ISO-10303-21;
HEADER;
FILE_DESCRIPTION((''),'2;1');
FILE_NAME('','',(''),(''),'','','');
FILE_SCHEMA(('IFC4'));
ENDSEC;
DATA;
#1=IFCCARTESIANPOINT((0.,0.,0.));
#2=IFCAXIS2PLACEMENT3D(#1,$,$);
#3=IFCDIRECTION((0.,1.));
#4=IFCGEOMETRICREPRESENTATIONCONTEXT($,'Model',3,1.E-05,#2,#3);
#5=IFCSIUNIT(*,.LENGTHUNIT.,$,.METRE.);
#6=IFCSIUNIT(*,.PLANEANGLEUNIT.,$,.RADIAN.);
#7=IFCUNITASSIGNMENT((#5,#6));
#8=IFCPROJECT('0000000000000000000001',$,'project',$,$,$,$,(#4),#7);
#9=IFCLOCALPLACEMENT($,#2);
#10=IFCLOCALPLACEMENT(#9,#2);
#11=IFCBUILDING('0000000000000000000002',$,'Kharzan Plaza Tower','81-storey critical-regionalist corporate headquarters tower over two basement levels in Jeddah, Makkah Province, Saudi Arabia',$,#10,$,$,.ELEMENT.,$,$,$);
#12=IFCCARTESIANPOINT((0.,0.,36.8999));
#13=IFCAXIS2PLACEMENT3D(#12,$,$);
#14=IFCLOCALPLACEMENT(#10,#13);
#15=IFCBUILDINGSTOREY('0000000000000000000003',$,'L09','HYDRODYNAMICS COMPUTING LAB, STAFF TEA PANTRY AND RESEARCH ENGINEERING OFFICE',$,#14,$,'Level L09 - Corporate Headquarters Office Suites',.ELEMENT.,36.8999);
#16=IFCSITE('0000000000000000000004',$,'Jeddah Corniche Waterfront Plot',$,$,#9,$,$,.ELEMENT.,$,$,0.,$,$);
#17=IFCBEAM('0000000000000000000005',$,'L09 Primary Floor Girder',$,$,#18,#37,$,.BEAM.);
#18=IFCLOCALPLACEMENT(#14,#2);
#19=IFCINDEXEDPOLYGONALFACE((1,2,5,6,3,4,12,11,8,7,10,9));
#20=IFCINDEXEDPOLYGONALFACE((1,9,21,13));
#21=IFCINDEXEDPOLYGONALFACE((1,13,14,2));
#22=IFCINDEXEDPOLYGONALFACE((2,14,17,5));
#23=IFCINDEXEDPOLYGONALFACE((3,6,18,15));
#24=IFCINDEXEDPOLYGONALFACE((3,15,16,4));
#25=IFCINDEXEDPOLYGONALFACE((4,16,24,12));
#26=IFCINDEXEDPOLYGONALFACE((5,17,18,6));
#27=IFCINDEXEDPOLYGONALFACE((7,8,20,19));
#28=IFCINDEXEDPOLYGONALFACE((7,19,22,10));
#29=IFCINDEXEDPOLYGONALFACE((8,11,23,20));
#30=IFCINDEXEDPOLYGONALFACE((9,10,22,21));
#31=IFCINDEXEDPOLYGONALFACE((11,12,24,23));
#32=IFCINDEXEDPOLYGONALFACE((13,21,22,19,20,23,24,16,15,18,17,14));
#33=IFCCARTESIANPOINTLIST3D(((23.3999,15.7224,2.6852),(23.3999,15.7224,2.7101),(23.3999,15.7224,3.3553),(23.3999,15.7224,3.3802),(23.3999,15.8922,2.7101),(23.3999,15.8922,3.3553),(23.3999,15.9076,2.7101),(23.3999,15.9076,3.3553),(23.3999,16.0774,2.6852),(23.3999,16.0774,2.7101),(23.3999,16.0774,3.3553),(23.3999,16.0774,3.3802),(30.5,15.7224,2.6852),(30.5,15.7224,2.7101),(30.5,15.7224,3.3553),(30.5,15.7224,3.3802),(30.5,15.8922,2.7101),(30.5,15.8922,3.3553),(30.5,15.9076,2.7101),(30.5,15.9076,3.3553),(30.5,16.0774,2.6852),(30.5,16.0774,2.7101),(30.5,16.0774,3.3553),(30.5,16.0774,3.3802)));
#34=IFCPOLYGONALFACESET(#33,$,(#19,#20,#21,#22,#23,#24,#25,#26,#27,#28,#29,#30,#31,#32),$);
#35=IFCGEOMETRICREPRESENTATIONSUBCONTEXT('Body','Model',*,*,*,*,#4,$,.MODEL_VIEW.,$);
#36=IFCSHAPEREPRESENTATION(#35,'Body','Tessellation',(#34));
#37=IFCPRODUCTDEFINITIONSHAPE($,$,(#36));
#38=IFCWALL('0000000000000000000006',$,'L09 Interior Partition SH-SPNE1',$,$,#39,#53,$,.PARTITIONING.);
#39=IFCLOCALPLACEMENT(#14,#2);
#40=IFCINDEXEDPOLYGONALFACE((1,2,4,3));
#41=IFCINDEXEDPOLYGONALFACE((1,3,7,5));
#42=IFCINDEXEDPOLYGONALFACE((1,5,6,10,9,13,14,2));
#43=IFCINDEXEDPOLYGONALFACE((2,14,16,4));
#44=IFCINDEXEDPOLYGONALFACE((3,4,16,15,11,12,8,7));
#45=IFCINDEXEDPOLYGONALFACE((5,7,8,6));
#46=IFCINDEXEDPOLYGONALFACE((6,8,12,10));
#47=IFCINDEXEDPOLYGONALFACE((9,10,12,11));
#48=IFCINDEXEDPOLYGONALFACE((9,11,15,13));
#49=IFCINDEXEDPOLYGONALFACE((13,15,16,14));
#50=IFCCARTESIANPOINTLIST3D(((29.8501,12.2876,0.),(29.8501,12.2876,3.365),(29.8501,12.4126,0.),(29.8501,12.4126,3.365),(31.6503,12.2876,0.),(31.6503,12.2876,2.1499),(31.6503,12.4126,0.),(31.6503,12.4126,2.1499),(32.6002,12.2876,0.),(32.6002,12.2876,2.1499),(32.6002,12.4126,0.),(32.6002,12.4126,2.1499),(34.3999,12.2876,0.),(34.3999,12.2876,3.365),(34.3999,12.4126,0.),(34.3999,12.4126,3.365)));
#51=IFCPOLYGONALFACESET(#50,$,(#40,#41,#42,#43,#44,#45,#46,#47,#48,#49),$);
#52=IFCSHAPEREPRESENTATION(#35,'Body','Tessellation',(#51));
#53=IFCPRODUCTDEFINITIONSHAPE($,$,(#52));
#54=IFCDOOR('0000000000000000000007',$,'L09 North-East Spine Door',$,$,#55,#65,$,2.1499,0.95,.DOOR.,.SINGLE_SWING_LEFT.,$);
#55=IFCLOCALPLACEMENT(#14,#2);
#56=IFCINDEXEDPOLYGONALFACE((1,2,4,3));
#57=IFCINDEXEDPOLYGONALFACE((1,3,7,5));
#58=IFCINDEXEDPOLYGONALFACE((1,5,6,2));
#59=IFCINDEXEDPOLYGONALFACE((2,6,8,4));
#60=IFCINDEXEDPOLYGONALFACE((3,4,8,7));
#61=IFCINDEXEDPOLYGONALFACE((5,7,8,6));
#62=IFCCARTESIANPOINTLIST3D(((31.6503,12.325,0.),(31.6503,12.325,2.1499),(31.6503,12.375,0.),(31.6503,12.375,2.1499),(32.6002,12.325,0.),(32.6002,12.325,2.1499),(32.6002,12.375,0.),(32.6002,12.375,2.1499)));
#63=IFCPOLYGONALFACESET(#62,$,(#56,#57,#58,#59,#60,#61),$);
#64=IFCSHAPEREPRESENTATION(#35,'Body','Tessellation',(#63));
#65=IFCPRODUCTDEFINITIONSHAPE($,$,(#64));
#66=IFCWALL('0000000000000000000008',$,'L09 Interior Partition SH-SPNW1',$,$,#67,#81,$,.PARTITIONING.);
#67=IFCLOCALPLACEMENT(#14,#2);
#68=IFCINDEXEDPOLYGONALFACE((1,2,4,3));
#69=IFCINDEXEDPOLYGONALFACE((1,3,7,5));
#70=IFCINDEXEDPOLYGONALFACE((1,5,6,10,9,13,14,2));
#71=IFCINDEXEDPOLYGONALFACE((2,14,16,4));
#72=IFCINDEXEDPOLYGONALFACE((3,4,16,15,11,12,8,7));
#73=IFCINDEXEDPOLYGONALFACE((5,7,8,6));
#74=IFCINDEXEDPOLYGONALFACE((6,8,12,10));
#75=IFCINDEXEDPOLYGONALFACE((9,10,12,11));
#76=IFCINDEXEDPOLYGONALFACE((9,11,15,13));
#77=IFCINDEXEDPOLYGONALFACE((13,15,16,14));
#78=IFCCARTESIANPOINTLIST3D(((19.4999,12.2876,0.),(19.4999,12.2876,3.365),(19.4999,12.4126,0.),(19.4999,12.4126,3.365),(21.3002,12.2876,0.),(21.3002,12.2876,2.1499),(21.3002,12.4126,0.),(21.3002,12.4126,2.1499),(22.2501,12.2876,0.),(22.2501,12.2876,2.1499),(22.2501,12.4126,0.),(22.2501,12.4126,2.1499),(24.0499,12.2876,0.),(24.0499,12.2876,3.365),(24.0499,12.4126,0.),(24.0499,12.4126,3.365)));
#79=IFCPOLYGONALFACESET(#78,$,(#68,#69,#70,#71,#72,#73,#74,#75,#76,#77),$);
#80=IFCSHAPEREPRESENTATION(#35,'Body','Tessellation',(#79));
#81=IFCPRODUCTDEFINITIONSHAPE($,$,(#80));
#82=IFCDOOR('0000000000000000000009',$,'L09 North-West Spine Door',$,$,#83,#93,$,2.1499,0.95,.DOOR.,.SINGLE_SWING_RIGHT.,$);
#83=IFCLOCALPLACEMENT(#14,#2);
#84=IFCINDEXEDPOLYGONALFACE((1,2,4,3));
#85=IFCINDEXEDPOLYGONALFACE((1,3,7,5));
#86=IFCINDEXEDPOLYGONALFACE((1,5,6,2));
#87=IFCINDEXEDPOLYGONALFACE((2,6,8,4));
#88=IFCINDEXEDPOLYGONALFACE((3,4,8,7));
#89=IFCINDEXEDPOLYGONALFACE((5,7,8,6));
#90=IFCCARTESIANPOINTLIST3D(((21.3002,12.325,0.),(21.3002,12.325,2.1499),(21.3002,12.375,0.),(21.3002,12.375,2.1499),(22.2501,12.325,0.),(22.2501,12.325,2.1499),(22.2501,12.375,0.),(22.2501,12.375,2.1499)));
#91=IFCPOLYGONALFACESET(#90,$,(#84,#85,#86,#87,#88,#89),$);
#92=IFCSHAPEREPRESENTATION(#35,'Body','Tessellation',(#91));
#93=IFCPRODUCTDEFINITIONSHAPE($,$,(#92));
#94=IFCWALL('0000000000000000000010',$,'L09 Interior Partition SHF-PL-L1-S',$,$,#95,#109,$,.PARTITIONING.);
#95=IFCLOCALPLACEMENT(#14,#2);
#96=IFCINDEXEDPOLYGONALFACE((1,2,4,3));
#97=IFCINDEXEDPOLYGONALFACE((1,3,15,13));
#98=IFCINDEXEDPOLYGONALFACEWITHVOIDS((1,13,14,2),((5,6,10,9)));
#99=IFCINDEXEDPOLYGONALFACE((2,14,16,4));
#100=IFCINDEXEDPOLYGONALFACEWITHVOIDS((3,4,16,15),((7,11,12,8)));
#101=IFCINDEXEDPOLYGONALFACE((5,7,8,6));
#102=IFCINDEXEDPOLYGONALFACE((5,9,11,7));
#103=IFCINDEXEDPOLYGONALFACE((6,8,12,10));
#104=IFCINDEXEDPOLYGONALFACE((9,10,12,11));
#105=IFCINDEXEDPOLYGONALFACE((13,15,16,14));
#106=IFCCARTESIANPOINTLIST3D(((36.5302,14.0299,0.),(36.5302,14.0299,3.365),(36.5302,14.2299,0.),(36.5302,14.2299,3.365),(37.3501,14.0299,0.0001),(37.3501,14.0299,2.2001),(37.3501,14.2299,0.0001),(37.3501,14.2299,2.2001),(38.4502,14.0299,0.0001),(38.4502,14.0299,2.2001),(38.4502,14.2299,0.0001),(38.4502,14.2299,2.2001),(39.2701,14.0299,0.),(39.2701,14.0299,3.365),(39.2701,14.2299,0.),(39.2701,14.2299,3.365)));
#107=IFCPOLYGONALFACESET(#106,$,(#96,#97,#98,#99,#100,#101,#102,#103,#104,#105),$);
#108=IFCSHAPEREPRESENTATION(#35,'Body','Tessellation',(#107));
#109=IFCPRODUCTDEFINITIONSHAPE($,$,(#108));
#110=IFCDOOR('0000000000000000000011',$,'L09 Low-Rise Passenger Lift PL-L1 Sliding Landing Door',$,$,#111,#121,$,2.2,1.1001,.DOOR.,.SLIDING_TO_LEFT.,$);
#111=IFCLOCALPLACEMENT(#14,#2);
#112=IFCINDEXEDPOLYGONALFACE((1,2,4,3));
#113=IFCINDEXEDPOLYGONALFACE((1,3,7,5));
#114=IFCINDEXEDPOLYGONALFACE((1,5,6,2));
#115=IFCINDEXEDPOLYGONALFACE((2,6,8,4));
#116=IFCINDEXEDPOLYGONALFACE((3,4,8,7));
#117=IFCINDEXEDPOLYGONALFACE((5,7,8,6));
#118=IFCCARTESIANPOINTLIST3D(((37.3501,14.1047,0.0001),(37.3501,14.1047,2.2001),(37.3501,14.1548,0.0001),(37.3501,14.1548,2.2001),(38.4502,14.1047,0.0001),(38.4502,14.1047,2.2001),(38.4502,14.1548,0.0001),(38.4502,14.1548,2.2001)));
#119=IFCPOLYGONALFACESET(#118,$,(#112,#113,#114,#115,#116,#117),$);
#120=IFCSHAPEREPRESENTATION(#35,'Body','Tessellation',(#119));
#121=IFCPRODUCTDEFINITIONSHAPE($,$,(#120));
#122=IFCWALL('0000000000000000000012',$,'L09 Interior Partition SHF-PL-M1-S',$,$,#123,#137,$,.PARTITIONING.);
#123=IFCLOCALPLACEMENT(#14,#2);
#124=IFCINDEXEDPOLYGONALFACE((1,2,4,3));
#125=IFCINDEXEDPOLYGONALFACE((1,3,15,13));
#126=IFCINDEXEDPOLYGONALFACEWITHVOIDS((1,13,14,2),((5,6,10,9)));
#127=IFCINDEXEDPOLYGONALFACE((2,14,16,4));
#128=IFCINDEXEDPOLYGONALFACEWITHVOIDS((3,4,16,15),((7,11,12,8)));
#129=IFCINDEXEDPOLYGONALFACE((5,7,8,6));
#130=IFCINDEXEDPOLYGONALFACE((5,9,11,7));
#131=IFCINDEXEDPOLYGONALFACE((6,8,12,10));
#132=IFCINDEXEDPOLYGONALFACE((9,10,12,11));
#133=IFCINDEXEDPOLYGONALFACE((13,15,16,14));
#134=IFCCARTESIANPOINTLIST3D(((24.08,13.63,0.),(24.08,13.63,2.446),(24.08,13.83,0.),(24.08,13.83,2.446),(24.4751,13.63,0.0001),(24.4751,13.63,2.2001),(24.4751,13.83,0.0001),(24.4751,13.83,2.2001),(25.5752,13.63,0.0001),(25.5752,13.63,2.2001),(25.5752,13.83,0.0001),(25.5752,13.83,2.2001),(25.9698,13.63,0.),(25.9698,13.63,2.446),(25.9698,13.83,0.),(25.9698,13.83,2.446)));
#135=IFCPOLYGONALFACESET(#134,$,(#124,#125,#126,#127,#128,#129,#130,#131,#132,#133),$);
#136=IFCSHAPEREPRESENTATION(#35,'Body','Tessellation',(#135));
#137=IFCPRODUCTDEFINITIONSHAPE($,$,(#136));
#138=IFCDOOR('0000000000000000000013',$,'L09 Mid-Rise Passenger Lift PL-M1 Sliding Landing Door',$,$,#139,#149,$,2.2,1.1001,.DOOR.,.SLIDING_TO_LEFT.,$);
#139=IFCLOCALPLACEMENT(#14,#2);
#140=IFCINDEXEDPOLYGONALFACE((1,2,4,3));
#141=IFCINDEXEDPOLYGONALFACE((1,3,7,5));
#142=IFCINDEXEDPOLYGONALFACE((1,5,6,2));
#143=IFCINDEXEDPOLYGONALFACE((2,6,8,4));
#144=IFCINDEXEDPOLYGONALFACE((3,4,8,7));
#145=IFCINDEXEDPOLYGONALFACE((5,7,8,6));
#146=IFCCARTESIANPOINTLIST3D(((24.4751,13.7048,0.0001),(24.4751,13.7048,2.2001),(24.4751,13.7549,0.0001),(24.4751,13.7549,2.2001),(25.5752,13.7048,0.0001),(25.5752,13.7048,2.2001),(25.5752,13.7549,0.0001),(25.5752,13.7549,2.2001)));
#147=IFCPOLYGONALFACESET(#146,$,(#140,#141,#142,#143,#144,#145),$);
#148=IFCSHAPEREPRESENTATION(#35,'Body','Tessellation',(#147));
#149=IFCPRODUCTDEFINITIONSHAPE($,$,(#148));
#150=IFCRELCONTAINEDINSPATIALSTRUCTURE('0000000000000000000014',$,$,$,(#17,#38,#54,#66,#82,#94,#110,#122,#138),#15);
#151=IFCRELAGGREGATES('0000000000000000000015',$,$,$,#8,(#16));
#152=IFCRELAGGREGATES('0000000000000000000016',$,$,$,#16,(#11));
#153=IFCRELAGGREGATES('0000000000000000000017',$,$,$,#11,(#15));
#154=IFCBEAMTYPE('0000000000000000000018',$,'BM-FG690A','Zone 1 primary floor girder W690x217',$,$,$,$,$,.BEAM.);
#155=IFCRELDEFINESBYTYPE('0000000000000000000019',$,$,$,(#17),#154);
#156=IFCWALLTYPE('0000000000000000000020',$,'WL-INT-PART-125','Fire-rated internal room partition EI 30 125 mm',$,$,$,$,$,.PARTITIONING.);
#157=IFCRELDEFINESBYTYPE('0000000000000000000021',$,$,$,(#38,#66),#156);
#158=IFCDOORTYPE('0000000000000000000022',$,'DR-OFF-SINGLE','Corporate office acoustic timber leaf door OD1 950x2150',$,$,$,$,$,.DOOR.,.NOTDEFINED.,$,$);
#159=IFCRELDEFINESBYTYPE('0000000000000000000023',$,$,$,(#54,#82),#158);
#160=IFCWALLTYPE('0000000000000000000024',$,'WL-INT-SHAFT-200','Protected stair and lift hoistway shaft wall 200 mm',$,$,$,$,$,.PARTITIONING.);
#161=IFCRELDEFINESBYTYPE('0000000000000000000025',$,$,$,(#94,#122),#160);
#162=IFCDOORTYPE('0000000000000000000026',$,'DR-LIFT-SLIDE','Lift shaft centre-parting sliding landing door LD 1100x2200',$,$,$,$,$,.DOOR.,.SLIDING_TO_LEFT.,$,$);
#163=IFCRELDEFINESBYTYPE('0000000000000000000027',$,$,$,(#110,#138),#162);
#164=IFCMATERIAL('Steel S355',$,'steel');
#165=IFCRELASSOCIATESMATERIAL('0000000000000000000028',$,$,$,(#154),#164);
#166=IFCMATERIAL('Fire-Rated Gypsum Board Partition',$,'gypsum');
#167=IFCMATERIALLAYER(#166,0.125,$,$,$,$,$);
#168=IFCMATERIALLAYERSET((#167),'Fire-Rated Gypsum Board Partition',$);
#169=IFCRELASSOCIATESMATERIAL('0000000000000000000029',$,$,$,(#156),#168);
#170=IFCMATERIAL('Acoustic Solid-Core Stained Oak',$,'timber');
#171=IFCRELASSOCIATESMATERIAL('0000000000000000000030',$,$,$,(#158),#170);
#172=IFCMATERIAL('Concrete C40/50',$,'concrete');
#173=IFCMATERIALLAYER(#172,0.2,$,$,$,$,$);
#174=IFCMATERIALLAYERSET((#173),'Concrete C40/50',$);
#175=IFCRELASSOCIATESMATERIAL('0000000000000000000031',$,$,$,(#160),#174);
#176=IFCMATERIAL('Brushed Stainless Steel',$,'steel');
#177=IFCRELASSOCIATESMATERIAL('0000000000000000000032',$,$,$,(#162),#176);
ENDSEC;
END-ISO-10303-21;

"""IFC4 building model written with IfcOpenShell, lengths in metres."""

from ifc_helpers import new_model, si_unit, direction, frame, frame_2d, origin, origin_2d, place, context, subcontext, project, spatial, rectangle, i_section, extrude, source, transform, mapped, material, layer, layer_set, material_profile, profile_set, type_object, element, fill, save


model = new_model("IFC4")

# Units and contexts
model_context = context("Model", 3, precision=1e-05, world=origin(), true_north=direction((0.0, 1.0)))
body_context = subcontext(model_context, "Body", "Model", "MODEL_VIEW")
ifc_project = project(units=[si_unit("LENGTHUNIT", "METRE"), si_unit("PLANEANGLEUNIT", "RADIAN")], contexts=[model_context])

# Site, building, storey
site_placement = place(None, origin())
site = spatial("IfcSite", under=ifc_project, at=site_placement, Name="Jeddah Corniche Waterfront Plot", CompositionType="ELEMENT", RefElevation=0.0)
building_placement = place(site_placement, origin())
building = spatial("IfcBuilding", under=site, at=building_placement, Name="Kharzan Plaza Tower", Description="81-storey critical-regionalist corporate headquarters tower over two basement levels in Jeddah, Makkah Province, Saudi Arabia", CompositionType="ELEMENT")
storey_placement = place(building_placement, frame((0.0, 0.0, 36.8999)))
storey = spatial("IfcBuildingStorey", under=building, at=storey_placement, Name="L09", Description="HYDRODYNAMICS COMPUTING LAB, STAFF TEA PANTRY AND RESEARCH ENGINEERING OFFICE", LongName="Level L09 - Corporate Headquarters Office Suites", CompositionType="ELEMENT", Elevation=36.8999)

# Beam
ifc_material_1 = material(Name="Steel S355", Category="steel")
ifc_material_profile_1 = material_profile(ifc_material_1, i_section(OverallWidth=0.355, OverallDepth=0.6951, WebThickness=0.0154, FlangeThickness=0.0249, at=origin_2d()), Name="W690x217")
ifc_profile_set_1 = profile_set([ifc_material_profile_1], Name="Steel S355")
beam_type_1 = type_object("IfcBeamType", Name="BM-FG690A", Description="Zone 1 primary floor girder W690x217", PredefinedType="BEAM", material=ifc_profile_set_1)
shared_shape_1 = source(origin(), body_context, "Body", "SweptSolid", [
    extrude(i_section(OverallWidth=0.355, OverallDepth=0.6951, WebThickness=0.0154, FlangeThickness=0.0249, at=origin_2d()), origin(), (0.0, 0.0, 1.0), 7.1001),
])
beam_1_placement = place(storey_placement, frame((23.3999, 15.8999, 3.0327), z_axis=(1.0, 0.0, 0.0), x_axis=(0.0, 1.0, 0.0)))
element("IfcBeam", 1, at=beam_1_placement, inside=storey, type_object=beam_type_1, Name="L09 Primary Floor Girder", PredefinedType="BEAM", context=body_context, shape_type="MappedRepresentation", body=[
    mapped(shared_shape_1, transform((0.0, 0.0, 0.0), x_axis=(1.0, 0.0, 0.0), y_axis=(0.0, 1.0, 0.0), z_axis=(0.0, 0.0, 1.0))),
])

# Walls, openings, doors
ifc_material_2 = material(Name="Fire-Rated Gypsum Board Partition", Category="gypsum")
ifc_layer_1 = layer(ifc_material_2, 0.125)
ifc_layer_set_1 = layer_set([ifc_layer_1], Name="Fire-Rated Gypsum Board Partition")
wall_type_1 = type_object("IfcWallType", Name="WL-INT-PART-125", Description="Fire-rated internal room partition EI 30 125 mm", PredefinedType="PARTITIONING", material=ifc_layer_set_1)
wall_1_placement = place(storey_placement, frame((29.8501, 12.3501, 0.0), z_axis=(0.0, 0.0, 1.0), x_axis=(1.0, 0.0, 0.0)))
wall_1 = element("IfcWall", 2, at=wall_1_placement, inside=storey, type_object=wall_type_1, Name="L09 Interior Partition SH-SPNE1", PredefinedType="PARTITIONING", context=body_context, shape_type="SweptSolid", body=[
    extrude(rectangle(XDim=4.5498, YDim=0.125, at=frame_2d((2.2749, 0.0))), origin(), (0.0, 0.0, 1.0), 3.365),
])
opening_1_placement = place(wall_1_placement, frame((1.8, 0.0, 0.0)))
opening_1 = element("IfcOpeningElement", 3, at=opening_1_placement, cuts=wall_1, PredefinedType="OPENING", context=body_context, shape_type="SweptSolid", body=[
    extrude(rectangle(XDim=0.95, YDim=2.1499, at=frame_2d((0.4751, 1.075))), frame((0.0, 0.0725, 0.0), z_axis=(0.0, -1.0, 0.0), x_axis=(1.0, 0.0, 0.0)), (0.0, 0.0, 1.0), 0.145),
])
ifc_material_3 = material(Name="Acoustic Solid-Core Stained Oak", Category="timber")
door_type_1 = type_object("IfcDoorType", Name="DR-OFF-SINGLE", Description="Corporate office acoustic timber leaf door OD1 950x2150", OperationType="NOTDEFINED", PredefinedType="DOOR", material=ifc_material_3)
shared_shape_2 = source(origin(), body_context, "Body", "SweptSolid", [
    extrude(rectangle(XDim=0.95, YDim=2.1499, at=frame_2d((0.4751, 1.075))), frame((0.0, 0.0249, 0.0), z_axis=(0.0, -1.0, 0.0), x_axis=(1.0, 0.0, 0.0)), (0.0, 0.0, 1.0), 0.05),
])
door_1_placement = place(opening_1_placement, origin())
door_1 = element("IfcDoor", 4, at=door_1_placement, inside=storey, type_object=door_type_1, Name="L09 North-East Spine Door", OperationType="SINGLE_SWING_LEFT", OverallHeight=2.1499, OverallWidth=0.95, PredefinedType="DOOR", context=body_context, shape_type="MappedRepresentation", body=[
    mapped(shared_shape_2, transform((0.0, 0.0, 0.0), x_axis=(1.0, 0.0, 0.0), y_axis=(0.0, 1.0, 0.0), z_axis=(0.0, 0.0, 1.0))),
])
fill(opening_1, door_1)
wall_2_placement = place(storey_placement, frame((19.5, 12.3501, 0.0), z_axis=(0.0, 0.0, 1.0), x_axis=(1.0, 0.0, 0.0)))
wall_2 = element("IfcWall", 5, at=wall_2_placement, inside=storey, type_object=wall_type_1, Name="L09 Interior Partition SH-SPNW1", PredefinedType="PARTITIONING", context=body_context, shape_type="SweptSolid", body=[
    extrude(rectangle(XDim=4.55, YDim=0.125, at=frame_2d((2.2749, 0.0))), origin(), (0.0, 0.0, 1.0), 3.365),
])
opening_2_placement = place(wall_2_placement, frame((1.8, 0.0, 0.0)))
opening_2 = element("IfcOpeningElement", 6, at=opening_2_placement, cuts=wall_2, PredefinedType="OPENING", context=body_context, shape_type="SweptSolid", body=[
    extrude(rectangle(XDim=0.95, YDim=2.1499, at=frame_2d((0.4751, 1.075))), frame((0.0, 0.0725, 0.0), z_axis=(0.0, -1.0, 0.0), x_axis=(1.0, 0.0, 0.0)), (0.0, 0.0, 1.0), 0.145),
])
door_2_placement = place(opening_2_placement, origin())
door_2 = element("IfcDoor", 7, at=door_2_placement, inside=storey, type_object=door_type_1, Name="L09 North-West Spine Door", OperationType="SINGLE_SWING_RIGHT", OverallHeight=2.1499, OverallWidth=0.95, PredefinedType="DOOR", context=body_context, shape_type="MappedRepresentation", body=[
    mapped(shared_shape_2, transform((0.0, 0.0, 0.0), x_axis=(1.0, 0.0, 0.0), y_axis=(0.0, 1.0, 0.0), z_axis=(0.0, 0.0, 1.0))),
])
fill(opening_2, door_2)
ifc_material_4 = material(Name="Concrete C40/50", Category="concrete")
ifc_layer_2 = layer(ifc_material_4, 0.2)
ifc_layer_set_2 = layer_set([ifc_layer_2], Name="Concrete C40/50")
wall_type_2 = type_object("IfcWallType", Name="WL-INT-SHAFT-200", Description="Protected stair and lift hoistway shaft wall 200 mm", PredefinedType="PARTITIONING", material=ifc_layer_set_2)
wall_3_placement = place(storey_placement, frame((36.53, 14.1299, 0.0), z_axis=(0.0, 0.0, 1.0), x_axis=(1.0, 0.0, 0.0)))
wall_3 = element("IfcWall", 8, at=wall_3_placement, inside=storey, type_object=wall_type_2, Name="L09 Interior Partition SHF-PL-L1-S", PredefinedType="PARTITIONING", context=body_context, shape_type="SweptSolid", body=[
    extrude(rectangle(XDim=2.74, YDim=0.2, at=frame_2d((1.3701, 0.0))), origin(), (0.0, 0.0, 1.0), 3.365),
])
opening_3_placement = place(wall_3_placement, frame((0.8201, 0.0, 0.0)))
opening_3 = element("IfcOpeningElement", 9, at=opening_3_placement, cuts=wall_3, PredefinedType="OPENING", context=body_context, shape_type="SweptSolid", body=[
    extrude(rectangle(XDim=1.1001, YDim=2.2, at=frame_2d((0.55, 1.1001))), frame((0.0, 0.1099, 0.0), z_axis=(0.0, -1.0, 0.0), x_axis=(1.0, 0.0, 0.0)), (0.0, 0.0, 1.0), 0.22),
])
ifc_material_5 = material(Name="Brushed Stainless Steel", Category="steel")
door_type_2 = type_object("IfcDoorType", Name="DR-LIFT-SLIDE", Description="Lift shaft centre-parting sliding landing door LD 1100x2200", OperationType="SLIDING_TO_LEFT", PredefinedType="DOOR", material=ifc_material_5)
shared_shape_3 = source(origin(), body_context, "Body", "SweptSolid", [
    extrude(rectangle(XDim=1.1001, YDim=2.2, at=frame_2d((0.55, 1.1001))), frame((0.0, 0.0249, 0.0), z_axis=(0.0, -1.0, 0.0), x_axis=(1.0, 0.0, 0.0)), (0.0, 0.0, 1.0), 0.05),
])
door_3_placement = place(opening_3_placement, origin())
door_3 = element("IfcDoor", 10, at=door_3_placement, inside=storey, type_object=door_type_2, Name="L09 Low-Rise Passenger Lift PL-L1 Sliding Landing Door", OperationType="SLIDING_TO_LEFT", OverallHeight=2.2, OverallWidth=1.1001, PredefinedType="DOOR", context=body_context, shape_type="MappedRepresentation", body=[
    mapped(shared_shape_3, transform((0.0, 0.0, 0.0), x_axis=(1.0, 0.0, 0.0), y_axis=(0.0, 1.0, 0.0), z_axis=(0.0, 0.0, 1.0))),
])
fill(opening_3, door_3)
wall_4_placement = place(storey_placement, frame((24.0801, 13.73, 0.0), z_axis=(0.0, 0.0, 1.0), x_axis=(1.0, 0.0, 0.0)))
wall_4 = element("IfcWall", 11, at=wall_4_placement, inside=storey, type_object=wall_type_2, Name="L09 Interior Partition SHF-PL-M1-S", PredefinedType="PARTITIONING", context=body_context, shape_type="SweptSolid", body=[
    extrude(rectangle(XDim=1.8899, YDim=0.2, at=frame_2d((0.9448, 0.0))), origin(), (0.0, 0.0, 1.0), 2.446),
])
opening_4_placement = place(wall_4_placement, frame((0.395, 0.0, 0.0)))
opening_4 = element("IfcOpeningElement", 12, at=opening_4_placement, cuts=wall_4, PredefinedType="OPENING", context=body_context, shape_type="SweptSolid", body=[
    extrude(rectangle(XDim=1.1001, YDim=2.2, at=frame_2d((0.55, 1.1001))), frame((0.0, 0.1099, 0.0), z_axis=(0.0, -1.0, 0.0), x_axis=(1.0, 0.0, 0.0)), (0.0, 0.0, 1.0), 0.22),
])
door_4_placement = place(opening_4_placement, origin())
door_4 = element("IfcDoor", 13, at=door_4_placement, inside=storey, type_object=door_type_2, Name="L09 Mid-Rise Passenger Lift PL-M1 Sliding Landing Door", OperationType="SLIDING_TO_LEFT", OverallHeight=2.2, OverallWidth=1.1001, PredefinedType="DOOR", context=body_context, shape_type="MappedRepresentation", body=[
    mapped(shared_shape_3, transform((0.0, 0.0, 0.0), x_axis=(1.0, 0.0, 0.0), y_axis=(0.0, 1.0, 0.0), z_axis=(0.0, 0.0, 1.0))),
])
fill(opening_4, door_4)

save(model, "model.ifc")
